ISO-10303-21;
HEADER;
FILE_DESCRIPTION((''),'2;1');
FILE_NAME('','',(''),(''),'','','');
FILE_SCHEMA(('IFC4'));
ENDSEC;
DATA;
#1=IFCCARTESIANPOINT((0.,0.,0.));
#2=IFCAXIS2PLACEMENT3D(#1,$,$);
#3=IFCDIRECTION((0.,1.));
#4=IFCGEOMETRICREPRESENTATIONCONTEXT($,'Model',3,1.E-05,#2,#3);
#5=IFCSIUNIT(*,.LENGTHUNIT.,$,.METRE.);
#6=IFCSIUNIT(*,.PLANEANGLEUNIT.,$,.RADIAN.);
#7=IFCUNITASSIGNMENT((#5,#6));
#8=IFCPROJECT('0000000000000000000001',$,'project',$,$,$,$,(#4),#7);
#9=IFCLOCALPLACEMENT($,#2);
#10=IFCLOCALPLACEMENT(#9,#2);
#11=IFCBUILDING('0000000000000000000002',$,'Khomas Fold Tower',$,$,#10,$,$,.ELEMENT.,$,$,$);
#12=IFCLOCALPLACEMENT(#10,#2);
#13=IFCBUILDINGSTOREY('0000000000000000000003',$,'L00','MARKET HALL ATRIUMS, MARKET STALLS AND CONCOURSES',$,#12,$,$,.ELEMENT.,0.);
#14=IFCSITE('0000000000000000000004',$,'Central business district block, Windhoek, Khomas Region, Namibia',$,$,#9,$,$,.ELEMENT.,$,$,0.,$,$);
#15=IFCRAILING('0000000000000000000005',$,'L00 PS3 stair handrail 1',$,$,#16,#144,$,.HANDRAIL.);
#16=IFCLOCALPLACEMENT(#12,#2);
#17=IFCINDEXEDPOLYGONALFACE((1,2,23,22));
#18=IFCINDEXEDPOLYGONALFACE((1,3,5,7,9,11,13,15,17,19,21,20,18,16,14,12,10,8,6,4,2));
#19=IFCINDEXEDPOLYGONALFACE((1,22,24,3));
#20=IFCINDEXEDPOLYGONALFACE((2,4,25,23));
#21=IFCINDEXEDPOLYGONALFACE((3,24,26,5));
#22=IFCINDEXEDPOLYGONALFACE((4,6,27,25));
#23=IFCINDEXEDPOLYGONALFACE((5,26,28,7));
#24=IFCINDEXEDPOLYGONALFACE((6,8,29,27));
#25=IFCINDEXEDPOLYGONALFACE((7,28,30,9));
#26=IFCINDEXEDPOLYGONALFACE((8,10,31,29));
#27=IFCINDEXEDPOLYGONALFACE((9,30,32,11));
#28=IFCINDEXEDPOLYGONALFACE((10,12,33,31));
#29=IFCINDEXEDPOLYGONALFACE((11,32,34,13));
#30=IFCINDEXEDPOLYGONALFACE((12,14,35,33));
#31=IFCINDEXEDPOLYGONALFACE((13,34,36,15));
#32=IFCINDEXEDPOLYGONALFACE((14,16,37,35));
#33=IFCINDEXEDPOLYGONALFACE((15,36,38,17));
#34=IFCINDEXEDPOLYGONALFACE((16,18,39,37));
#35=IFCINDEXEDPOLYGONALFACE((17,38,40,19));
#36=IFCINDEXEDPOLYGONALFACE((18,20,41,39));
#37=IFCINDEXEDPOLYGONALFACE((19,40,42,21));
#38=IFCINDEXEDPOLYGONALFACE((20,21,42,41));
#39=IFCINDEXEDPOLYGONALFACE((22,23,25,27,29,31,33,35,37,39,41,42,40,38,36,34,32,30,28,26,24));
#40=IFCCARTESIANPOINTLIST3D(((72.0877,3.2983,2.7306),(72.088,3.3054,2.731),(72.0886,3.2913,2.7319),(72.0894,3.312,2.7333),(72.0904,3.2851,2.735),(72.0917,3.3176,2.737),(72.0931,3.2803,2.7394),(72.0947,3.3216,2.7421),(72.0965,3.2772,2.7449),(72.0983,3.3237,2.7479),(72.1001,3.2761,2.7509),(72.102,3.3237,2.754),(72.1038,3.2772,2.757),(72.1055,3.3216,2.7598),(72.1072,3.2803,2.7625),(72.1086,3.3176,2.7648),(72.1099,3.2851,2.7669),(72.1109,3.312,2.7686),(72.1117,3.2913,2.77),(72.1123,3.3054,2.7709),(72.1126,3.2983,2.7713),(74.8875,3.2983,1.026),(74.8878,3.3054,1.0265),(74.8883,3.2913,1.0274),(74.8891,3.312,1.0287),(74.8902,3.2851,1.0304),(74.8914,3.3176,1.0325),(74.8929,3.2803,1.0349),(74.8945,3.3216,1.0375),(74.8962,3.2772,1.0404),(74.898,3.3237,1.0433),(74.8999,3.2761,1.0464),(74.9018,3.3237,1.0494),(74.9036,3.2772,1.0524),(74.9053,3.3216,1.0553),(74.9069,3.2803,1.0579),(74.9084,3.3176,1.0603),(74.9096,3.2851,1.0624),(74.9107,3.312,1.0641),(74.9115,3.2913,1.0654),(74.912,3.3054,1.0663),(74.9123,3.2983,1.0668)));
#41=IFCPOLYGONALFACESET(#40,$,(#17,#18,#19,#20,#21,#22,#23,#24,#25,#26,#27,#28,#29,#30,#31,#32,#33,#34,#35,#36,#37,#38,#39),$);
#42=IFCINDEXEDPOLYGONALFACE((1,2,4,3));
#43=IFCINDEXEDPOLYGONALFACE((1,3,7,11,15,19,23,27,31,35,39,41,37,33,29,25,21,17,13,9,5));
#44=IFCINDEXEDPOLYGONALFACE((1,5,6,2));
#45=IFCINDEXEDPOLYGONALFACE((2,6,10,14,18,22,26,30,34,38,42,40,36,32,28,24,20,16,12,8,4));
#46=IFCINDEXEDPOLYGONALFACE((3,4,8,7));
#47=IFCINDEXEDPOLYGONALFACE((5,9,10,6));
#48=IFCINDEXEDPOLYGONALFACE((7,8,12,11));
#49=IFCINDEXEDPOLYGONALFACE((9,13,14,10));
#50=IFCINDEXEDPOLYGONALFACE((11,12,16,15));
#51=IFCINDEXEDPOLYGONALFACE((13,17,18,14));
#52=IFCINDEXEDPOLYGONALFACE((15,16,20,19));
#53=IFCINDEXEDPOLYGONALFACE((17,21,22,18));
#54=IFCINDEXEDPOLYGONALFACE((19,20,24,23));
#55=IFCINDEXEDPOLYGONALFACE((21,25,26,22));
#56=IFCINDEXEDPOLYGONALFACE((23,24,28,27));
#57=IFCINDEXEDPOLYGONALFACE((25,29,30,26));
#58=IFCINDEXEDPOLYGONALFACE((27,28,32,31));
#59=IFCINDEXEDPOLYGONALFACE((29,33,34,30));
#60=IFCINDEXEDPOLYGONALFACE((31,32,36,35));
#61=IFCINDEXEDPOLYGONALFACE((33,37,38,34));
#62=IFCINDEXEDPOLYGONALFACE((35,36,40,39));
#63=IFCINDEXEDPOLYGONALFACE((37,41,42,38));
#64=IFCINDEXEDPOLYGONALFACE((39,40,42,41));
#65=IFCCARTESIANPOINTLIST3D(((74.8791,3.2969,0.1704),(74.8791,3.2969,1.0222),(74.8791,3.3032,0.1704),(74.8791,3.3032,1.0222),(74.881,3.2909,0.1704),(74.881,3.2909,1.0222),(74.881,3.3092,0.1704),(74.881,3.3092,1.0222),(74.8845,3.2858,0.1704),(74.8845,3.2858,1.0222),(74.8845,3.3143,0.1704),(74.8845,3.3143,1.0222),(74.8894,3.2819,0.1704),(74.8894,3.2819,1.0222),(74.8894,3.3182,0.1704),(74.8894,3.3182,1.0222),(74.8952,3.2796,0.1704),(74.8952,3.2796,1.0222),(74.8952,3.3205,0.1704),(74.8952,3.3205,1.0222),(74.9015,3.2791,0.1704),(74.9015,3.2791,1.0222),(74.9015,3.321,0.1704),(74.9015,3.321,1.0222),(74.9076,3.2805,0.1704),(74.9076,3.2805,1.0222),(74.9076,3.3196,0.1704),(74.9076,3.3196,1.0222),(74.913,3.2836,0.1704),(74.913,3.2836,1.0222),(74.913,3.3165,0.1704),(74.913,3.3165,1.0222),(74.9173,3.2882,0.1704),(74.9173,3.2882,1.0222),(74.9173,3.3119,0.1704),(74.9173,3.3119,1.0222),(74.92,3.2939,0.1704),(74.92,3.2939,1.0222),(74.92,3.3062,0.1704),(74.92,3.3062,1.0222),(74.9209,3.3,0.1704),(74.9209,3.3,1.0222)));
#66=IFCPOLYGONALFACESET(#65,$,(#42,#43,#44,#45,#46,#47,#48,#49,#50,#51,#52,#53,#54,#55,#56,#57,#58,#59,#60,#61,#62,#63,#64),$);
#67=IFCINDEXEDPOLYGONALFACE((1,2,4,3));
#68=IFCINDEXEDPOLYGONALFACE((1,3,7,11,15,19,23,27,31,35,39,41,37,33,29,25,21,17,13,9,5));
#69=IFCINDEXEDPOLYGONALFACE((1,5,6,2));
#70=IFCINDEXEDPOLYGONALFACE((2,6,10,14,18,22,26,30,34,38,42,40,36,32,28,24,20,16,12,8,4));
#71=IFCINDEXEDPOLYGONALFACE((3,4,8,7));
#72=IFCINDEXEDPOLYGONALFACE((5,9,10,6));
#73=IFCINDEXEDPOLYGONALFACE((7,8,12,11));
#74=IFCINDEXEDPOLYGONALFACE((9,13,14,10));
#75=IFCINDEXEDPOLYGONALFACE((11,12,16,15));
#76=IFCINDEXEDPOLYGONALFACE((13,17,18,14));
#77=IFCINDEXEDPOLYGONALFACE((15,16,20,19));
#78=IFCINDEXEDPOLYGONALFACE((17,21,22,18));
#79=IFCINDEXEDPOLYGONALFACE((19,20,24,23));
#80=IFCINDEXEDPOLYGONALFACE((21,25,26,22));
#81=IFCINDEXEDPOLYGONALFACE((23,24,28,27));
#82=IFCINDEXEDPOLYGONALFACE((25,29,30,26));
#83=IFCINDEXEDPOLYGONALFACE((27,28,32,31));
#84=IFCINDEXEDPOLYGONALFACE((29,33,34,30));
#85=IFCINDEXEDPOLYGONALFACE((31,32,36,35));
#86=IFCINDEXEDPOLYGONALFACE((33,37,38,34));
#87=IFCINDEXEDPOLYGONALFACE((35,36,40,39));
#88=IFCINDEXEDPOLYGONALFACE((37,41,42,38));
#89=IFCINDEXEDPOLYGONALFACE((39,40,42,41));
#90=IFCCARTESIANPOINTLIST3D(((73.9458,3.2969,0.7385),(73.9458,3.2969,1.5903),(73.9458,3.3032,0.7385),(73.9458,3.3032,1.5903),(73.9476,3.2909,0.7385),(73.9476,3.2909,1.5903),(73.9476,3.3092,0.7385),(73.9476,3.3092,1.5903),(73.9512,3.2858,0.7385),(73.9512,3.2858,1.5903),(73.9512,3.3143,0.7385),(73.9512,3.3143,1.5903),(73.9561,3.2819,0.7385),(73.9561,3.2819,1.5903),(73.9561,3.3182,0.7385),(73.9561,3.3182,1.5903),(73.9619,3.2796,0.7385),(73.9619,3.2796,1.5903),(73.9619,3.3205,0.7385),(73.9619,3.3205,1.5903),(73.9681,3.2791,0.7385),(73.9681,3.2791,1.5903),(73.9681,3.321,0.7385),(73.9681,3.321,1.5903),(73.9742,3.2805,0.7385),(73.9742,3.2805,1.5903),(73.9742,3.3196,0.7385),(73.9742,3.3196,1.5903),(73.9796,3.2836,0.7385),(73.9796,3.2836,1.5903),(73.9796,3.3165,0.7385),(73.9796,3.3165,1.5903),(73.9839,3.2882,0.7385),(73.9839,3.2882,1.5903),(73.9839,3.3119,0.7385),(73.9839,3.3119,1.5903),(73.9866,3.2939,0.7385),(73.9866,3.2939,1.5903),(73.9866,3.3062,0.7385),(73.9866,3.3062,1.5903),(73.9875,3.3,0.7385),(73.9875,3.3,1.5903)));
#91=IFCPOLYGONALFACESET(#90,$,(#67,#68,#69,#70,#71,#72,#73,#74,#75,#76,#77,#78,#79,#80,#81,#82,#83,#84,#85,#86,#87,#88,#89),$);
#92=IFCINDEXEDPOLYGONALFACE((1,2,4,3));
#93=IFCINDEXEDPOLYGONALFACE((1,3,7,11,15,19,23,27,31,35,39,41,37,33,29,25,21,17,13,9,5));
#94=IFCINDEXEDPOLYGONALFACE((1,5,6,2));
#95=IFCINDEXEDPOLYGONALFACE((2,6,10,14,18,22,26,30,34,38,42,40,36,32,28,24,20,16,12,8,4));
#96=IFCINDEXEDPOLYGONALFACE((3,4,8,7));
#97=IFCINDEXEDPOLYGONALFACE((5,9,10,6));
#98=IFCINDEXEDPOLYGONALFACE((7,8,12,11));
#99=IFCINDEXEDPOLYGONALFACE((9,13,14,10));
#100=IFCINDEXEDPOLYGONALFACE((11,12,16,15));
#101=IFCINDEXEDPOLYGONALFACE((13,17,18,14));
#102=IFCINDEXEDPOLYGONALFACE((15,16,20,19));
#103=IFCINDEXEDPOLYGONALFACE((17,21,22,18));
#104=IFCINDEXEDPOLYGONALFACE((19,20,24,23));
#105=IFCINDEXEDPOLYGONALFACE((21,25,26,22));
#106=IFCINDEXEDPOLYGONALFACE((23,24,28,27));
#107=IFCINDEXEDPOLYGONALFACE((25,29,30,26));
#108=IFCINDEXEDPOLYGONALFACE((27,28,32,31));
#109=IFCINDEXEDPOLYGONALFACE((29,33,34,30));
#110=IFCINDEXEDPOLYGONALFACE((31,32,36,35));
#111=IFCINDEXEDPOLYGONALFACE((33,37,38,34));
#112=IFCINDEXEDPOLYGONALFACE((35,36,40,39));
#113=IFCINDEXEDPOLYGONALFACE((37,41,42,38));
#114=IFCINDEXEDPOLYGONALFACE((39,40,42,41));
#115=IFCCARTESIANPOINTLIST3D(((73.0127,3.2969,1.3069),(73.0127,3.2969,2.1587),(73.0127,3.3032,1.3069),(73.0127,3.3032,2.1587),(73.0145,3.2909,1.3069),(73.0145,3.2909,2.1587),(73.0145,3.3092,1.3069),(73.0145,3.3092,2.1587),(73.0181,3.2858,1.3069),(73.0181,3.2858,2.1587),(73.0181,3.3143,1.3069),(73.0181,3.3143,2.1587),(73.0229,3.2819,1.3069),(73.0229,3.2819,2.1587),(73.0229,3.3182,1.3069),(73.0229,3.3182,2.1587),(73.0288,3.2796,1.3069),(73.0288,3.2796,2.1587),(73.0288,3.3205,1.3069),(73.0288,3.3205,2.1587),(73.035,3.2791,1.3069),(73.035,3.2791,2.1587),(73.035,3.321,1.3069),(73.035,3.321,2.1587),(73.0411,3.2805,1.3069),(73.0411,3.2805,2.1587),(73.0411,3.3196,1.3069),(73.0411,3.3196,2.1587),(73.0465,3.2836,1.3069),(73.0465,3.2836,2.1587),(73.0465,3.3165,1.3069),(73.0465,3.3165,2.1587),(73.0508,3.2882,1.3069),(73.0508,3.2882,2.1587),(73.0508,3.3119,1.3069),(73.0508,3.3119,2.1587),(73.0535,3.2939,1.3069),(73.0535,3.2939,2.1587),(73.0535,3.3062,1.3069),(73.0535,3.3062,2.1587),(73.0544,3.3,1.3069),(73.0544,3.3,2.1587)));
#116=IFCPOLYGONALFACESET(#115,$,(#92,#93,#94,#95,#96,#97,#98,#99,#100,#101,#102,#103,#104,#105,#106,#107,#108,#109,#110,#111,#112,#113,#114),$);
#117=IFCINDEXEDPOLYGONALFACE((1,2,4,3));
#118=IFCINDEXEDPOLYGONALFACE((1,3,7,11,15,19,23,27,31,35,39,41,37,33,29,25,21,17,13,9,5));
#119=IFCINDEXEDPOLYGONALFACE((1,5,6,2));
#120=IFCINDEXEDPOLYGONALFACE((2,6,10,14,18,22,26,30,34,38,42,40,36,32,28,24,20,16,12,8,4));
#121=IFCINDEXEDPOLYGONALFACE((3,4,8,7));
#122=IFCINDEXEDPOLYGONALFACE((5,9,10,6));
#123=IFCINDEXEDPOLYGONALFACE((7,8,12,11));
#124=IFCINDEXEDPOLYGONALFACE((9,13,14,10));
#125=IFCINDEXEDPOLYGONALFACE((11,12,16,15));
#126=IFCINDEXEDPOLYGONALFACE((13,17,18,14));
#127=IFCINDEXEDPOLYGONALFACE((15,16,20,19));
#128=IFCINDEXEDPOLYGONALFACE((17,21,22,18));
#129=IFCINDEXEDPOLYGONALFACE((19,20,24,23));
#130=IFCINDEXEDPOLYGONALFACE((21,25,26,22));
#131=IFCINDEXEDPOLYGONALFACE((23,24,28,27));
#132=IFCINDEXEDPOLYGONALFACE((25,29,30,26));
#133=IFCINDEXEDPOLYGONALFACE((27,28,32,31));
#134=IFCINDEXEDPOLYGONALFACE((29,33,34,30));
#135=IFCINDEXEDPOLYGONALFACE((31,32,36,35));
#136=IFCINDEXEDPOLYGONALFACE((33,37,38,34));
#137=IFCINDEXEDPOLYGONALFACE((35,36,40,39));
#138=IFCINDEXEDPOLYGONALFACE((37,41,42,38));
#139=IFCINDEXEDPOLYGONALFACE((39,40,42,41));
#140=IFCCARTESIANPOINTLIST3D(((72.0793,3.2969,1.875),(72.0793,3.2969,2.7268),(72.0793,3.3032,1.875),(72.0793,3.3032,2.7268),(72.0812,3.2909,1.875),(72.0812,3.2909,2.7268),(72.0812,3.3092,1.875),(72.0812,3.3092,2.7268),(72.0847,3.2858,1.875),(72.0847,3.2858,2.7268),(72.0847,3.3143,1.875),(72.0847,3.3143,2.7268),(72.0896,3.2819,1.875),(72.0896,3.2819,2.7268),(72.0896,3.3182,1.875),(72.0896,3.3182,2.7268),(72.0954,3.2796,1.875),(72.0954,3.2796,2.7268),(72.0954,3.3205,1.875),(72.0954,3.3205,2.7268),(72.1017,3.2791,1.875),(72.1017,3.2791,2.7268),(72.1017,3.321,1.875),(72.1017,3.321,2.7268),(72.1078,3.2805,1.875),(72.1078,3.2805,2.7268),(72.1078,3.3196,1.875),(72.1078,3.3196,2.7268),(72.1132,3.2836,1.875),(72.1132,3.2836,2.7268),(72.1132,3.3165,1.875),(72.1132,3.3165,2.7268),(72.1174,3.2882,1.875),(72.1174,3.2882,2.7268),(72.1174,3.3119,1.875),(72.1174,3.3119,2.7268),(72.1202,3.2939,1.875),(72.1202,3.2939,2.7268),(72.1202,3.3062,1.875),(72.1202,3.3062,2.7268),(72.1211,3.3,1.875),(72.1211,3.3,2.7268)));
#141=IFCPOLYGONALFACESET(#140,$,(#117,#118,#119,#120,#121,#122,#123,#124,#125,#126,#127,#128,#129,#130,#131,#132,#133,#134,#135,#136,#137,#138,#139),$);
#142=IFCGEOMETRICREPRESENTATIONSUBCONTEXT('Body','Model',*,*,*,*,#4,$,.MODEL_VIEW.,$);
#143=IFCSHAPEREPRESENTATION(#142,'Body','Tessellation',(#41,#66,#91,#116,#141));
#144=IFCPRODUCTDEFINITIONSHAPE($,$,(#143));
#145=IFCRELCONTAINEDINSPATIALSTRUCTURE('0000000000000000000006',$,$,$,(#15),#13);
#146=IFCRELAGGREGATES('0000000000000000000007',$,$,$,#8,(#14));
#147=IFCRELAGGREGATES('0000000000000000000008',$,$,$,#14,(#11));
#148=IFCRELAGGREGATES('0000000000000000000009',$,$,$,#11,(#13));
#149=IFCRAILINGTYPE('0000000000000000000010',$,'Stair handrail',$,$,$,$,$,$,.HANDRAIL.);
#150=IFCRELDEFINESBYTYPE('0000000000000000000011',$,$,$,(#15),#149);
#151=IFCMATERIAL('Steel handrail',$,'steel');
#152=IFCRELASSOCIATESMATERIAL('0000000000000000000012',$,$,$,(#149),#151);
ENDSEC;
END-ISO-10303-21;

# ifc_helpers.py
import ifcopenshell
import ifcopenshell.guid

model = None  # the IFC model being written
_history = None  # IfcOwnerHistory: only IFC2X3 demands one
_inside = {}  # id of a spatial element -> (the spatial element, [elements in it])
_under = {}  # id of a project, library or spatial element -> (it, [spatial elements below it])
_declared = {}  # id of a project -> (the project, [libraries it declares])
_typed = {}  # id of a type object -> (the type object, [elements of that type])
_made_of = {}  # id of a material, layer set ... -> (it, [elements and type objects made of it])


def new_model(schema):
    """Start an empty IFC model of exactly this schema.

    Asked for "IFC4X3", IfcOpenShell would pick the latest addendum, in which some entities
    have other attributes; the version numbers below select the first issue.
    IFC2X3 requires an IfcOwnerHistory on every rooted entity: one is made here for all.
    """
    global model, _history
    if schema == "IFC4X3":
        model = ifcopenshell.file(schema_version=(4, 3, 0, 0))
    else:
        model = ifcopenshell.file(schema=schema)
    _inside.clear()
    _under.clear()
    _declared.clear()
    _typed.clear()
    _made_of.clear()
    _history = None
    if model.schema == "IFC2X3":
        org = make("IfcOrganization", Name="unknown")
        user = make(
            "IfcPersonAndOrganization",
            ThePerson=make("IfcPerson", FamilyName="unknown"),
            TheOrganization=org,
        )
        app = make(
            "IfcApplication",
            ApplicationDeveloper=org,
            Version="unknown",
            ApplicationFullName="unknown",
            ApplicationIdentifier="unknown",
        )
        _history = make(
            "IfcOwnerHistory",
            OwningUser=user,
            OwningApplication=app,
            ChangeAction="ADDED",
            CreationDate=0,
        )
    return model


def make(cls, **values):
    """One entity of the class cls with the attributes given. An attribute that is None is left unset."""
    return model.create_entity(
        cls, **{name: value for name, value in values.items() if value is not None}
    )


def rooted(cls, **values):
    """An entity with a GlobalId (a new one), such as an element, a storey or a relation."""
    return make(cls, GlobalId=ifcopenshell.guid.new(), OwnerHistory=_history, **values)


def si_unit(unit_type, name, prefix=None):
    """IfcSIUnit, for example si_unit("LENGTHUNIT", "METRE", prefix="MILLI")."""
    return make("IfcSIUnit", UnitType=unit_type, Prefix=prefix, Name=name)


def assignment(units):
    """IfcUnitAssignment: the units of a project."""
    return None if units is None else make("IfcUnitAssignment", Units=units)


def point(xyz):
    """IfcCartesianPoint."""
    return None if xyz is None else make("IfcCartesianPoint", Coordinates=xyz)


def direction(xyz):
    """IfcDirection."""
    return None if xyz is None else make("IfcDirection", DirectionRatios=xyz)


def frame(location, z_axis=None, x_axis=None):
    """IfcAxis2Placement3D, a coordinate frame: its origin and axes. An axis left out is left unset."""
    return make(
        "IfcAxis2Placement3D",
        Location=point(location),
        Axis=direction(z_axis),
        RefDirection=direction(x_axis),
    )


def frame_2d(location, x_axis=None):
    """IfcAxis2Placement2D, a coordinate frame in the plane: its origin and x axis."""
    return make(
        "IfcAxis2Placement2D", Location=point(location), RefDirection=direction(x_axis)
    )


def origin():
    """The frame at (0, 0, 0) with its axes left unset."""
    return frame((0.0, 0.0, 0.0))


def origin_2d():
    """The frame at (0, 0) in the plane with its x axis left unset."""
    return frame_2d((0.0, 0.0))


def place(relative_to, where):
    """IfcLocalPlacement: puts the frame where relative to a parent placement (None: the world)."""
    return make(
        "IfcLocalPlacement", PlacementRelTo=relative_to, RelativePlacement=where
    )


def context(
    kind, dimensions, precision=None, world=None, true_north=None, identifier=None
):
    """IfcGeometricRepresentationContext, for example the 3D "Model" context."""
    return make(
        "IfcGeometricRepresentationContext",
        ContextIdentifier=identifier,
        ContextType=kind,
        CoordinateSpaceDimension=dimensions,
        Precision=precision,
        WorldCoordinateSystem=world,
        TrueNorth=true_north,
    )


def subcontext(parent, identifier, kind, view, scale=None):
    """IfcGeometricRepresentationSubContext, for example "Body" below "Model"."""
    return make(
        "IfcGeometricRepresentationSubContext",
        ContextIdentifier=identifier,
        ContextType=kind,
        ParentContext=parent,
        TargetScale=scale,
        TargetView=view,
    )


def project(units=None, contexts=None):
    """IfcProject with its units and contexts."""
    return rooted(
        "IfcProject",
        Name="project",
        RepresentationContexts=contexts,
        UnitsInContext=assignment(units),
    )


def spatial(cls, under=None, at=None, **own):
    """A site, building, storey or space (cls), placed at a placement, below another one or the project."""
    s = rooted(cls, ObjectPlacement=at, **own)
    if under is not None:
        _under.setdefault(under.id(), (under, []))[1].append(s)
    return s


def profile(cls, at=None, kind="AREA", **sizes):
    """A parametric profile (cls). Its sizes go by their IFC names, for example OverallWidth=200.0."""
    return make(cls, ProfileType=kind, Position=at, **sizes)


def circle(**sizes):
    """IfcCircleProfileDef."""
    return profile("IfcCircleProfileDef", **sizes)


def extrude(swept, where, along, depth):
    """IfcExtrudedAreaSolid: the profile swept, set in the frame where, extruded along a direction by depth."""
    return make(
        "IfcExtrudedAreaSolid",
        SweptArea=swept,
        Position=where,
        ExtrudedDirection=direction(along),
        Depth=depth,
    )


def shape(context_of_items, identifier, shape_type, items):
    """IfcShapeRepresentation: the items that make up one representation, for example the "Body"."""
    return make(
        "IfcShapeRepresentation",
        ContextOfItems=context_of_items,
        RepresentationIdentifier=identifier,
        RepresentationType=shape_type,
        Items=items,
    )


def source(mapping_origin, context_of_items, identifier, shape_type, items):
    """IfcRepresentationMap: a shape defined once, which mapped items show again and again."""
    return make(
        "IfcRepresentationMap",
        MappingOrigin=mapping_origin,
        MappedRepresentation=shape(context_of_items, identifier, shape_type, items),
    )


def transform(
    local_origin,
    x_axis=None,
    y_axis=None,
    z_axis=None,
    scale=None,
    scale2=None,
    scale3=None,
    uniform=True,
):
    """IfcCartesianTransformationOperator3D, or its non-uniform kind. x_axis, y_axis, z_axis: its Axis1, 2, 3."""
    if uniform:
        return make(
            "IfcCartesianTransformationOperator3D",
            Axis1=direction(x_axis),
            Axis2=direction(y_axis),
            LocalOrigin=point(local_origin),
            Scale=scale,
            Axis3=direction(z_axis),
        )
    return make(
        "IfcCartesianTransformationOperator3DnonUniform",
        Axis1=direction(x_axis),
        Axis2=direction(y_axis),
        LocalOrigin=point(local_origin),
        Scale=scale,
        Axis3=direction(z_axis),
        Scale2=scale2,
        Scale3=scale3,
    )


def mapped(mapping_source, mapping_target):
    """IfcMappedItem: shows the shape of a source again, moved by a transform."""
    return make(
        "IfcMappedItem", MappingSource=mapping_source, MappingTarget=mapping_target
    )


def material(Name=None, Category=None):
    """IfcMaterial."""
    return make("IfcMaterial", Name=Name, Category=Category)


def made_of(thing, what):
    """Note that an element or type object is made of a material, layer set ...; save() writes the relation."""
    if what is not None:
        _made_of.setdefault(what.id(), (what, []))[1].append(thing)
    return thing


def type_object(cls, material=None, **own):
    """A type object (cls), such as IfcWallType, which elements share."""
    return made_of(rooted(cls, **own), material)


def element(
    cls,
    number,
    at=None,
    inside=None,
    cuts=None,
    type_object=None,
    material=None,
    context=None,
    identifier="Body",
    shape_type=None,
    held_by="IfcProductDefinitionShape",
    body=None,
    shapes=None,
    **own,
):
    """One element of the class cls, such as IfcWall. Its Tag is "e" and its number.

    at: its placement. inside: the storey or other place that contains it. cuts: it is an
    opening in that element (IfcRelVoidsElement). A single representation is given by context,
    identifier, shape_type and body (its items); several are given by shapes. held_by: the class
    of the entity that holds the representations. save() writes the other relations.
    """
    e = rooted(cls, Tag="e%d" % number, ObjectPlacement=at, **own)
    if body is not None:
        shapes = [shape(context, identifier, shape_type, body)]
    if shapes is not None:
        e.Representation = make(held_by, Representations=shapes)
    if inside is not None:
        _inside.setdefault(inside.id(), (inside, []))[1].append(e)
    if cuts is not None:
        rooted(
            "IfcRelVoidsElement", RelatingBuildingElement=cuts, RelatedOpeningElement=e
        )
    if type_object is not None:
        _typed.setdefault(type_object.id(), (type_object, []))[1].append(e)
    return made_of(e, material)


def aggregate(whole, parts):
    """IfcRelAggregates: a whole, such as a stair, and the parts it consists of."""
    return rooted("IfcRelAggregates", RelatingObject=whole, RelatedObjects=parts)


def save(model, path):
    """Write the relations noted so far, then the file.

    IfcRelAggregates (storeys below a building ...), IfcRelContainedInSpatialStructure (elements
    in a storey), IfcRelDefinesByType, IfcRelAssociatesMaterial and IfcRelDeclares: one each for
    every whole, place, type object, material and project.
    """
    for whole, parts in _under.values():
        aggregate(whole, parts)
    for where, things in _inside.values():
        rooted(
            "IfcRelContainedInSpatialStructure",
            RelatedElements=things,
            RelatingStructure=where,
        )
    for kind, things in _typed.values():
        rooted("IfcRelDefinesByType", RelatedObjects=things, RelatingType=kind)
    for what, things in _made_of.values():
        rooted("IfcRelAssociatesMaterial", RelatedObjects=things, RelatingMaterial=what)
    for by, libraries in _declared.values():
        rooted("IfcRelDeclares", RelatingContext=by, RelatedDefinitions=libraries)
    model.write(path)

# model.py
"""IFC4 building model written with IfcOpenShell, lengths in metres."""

from ifc_helpers import new_model, si_unit, direction, frame, origin, origin_2d, place, context, subcontext, project, spatial, circle, extrude, source, transform, mapped, material, type_object, element, save


model = new_model("IFC4")

# Units and contexts
model_context = context("Model", 3, precision=1e-05, world=origin(), true_north=direction((0.0, 1.0)))
body_context = subcontext(model_context, "Body", "Model", "MODEL_VIEW")
ifc_project = project(units=[si_unit("LENGTHUNIT", "METRE"), si_unit("PLANEANGLEUNIT", "RADIAN")], contexts=[model_context])

# Site, building, storey
site_placement = place(None, origin())
site = spatial("IfcSite", under=ifc_project, at=site_placement, Name="Central business district block, Windhoek, Khomas Region, Namibia", CompositionType="ELEMENT", RefElevation=0.0)
building_placement = place(site_placement, origin())
building = spatial("IfcBuilding", under=site, at=building_placement, Name="Khomas Fold Tower", CompositionType="ELEMENT")
storey_placement = place(building_placement, origin())
storey = spatial("IfcBuildingStorey", under=building, at=storey_placement, Name="L00", Description="MARKET HALL ATRIUMS, MARKET STALLS AND CONCOURSES", CompositionType="ELEMENT", Elevation=0.0)

# Railing
ifc_material_1 = material(Name="Steel handrail", Category="steel")
railing_type_1 = type_object("IfcRailingType", Name="Stair handrail", PredefinedType="HANDRAIL", material=ifc_material_1)
shared_shape_1 = source(origin(), body_context, "Body", "SweptSolid", [
    extrude(circle(Radius=0.0239, at=origin_2d()), frame((0.0, 0.0, 0.876), z_axis=(-0.85415, 0.0, 0.520027), x_axis=(0.0, -1.0, 0.0)), (0.0, 0.0, 1.0), 3.2778),
    extrude(circle(Radius=0.021, at=origin_2d()), origin(), (0.0, 0.0, 1.0), 0.8518),
    extrude(circle(Radius=0.021, at=origin_2d()), frame((-0.9333, 0.0, 0.5681)), (0.0, 0.0, 1.0), 0.8518),
    extrude(circle(Radius=0.021, at=origin_2d()), frame((-1.8665, 0.0, 1.1365)), (0.0, 0.0, 1.0), 0.8518),
    extrude(circle(Radius=0.021, at=origin_2d()), frame((-2.7998, 0.0, 1.7046)), (0.0, 0.0, 1.0), 0.8518),
])
for number, where, name in (
    (1, (74.8999, 3.3, 0.1704), "L00 PS3 stair handrail 1"),
):
    element("IfcRailing", number, at=place(storey_placement, frame(where)), inside=storey, type_object=railing_type_1, Name=name, PredefinedType="HANDRAIL", context=body_context, shape_type="MappedRepresentation", body=[
        mapped(shared_shape_1, transform((0.0, 0.0, 0.0))),
    ])

save(model, "model.ifc")
